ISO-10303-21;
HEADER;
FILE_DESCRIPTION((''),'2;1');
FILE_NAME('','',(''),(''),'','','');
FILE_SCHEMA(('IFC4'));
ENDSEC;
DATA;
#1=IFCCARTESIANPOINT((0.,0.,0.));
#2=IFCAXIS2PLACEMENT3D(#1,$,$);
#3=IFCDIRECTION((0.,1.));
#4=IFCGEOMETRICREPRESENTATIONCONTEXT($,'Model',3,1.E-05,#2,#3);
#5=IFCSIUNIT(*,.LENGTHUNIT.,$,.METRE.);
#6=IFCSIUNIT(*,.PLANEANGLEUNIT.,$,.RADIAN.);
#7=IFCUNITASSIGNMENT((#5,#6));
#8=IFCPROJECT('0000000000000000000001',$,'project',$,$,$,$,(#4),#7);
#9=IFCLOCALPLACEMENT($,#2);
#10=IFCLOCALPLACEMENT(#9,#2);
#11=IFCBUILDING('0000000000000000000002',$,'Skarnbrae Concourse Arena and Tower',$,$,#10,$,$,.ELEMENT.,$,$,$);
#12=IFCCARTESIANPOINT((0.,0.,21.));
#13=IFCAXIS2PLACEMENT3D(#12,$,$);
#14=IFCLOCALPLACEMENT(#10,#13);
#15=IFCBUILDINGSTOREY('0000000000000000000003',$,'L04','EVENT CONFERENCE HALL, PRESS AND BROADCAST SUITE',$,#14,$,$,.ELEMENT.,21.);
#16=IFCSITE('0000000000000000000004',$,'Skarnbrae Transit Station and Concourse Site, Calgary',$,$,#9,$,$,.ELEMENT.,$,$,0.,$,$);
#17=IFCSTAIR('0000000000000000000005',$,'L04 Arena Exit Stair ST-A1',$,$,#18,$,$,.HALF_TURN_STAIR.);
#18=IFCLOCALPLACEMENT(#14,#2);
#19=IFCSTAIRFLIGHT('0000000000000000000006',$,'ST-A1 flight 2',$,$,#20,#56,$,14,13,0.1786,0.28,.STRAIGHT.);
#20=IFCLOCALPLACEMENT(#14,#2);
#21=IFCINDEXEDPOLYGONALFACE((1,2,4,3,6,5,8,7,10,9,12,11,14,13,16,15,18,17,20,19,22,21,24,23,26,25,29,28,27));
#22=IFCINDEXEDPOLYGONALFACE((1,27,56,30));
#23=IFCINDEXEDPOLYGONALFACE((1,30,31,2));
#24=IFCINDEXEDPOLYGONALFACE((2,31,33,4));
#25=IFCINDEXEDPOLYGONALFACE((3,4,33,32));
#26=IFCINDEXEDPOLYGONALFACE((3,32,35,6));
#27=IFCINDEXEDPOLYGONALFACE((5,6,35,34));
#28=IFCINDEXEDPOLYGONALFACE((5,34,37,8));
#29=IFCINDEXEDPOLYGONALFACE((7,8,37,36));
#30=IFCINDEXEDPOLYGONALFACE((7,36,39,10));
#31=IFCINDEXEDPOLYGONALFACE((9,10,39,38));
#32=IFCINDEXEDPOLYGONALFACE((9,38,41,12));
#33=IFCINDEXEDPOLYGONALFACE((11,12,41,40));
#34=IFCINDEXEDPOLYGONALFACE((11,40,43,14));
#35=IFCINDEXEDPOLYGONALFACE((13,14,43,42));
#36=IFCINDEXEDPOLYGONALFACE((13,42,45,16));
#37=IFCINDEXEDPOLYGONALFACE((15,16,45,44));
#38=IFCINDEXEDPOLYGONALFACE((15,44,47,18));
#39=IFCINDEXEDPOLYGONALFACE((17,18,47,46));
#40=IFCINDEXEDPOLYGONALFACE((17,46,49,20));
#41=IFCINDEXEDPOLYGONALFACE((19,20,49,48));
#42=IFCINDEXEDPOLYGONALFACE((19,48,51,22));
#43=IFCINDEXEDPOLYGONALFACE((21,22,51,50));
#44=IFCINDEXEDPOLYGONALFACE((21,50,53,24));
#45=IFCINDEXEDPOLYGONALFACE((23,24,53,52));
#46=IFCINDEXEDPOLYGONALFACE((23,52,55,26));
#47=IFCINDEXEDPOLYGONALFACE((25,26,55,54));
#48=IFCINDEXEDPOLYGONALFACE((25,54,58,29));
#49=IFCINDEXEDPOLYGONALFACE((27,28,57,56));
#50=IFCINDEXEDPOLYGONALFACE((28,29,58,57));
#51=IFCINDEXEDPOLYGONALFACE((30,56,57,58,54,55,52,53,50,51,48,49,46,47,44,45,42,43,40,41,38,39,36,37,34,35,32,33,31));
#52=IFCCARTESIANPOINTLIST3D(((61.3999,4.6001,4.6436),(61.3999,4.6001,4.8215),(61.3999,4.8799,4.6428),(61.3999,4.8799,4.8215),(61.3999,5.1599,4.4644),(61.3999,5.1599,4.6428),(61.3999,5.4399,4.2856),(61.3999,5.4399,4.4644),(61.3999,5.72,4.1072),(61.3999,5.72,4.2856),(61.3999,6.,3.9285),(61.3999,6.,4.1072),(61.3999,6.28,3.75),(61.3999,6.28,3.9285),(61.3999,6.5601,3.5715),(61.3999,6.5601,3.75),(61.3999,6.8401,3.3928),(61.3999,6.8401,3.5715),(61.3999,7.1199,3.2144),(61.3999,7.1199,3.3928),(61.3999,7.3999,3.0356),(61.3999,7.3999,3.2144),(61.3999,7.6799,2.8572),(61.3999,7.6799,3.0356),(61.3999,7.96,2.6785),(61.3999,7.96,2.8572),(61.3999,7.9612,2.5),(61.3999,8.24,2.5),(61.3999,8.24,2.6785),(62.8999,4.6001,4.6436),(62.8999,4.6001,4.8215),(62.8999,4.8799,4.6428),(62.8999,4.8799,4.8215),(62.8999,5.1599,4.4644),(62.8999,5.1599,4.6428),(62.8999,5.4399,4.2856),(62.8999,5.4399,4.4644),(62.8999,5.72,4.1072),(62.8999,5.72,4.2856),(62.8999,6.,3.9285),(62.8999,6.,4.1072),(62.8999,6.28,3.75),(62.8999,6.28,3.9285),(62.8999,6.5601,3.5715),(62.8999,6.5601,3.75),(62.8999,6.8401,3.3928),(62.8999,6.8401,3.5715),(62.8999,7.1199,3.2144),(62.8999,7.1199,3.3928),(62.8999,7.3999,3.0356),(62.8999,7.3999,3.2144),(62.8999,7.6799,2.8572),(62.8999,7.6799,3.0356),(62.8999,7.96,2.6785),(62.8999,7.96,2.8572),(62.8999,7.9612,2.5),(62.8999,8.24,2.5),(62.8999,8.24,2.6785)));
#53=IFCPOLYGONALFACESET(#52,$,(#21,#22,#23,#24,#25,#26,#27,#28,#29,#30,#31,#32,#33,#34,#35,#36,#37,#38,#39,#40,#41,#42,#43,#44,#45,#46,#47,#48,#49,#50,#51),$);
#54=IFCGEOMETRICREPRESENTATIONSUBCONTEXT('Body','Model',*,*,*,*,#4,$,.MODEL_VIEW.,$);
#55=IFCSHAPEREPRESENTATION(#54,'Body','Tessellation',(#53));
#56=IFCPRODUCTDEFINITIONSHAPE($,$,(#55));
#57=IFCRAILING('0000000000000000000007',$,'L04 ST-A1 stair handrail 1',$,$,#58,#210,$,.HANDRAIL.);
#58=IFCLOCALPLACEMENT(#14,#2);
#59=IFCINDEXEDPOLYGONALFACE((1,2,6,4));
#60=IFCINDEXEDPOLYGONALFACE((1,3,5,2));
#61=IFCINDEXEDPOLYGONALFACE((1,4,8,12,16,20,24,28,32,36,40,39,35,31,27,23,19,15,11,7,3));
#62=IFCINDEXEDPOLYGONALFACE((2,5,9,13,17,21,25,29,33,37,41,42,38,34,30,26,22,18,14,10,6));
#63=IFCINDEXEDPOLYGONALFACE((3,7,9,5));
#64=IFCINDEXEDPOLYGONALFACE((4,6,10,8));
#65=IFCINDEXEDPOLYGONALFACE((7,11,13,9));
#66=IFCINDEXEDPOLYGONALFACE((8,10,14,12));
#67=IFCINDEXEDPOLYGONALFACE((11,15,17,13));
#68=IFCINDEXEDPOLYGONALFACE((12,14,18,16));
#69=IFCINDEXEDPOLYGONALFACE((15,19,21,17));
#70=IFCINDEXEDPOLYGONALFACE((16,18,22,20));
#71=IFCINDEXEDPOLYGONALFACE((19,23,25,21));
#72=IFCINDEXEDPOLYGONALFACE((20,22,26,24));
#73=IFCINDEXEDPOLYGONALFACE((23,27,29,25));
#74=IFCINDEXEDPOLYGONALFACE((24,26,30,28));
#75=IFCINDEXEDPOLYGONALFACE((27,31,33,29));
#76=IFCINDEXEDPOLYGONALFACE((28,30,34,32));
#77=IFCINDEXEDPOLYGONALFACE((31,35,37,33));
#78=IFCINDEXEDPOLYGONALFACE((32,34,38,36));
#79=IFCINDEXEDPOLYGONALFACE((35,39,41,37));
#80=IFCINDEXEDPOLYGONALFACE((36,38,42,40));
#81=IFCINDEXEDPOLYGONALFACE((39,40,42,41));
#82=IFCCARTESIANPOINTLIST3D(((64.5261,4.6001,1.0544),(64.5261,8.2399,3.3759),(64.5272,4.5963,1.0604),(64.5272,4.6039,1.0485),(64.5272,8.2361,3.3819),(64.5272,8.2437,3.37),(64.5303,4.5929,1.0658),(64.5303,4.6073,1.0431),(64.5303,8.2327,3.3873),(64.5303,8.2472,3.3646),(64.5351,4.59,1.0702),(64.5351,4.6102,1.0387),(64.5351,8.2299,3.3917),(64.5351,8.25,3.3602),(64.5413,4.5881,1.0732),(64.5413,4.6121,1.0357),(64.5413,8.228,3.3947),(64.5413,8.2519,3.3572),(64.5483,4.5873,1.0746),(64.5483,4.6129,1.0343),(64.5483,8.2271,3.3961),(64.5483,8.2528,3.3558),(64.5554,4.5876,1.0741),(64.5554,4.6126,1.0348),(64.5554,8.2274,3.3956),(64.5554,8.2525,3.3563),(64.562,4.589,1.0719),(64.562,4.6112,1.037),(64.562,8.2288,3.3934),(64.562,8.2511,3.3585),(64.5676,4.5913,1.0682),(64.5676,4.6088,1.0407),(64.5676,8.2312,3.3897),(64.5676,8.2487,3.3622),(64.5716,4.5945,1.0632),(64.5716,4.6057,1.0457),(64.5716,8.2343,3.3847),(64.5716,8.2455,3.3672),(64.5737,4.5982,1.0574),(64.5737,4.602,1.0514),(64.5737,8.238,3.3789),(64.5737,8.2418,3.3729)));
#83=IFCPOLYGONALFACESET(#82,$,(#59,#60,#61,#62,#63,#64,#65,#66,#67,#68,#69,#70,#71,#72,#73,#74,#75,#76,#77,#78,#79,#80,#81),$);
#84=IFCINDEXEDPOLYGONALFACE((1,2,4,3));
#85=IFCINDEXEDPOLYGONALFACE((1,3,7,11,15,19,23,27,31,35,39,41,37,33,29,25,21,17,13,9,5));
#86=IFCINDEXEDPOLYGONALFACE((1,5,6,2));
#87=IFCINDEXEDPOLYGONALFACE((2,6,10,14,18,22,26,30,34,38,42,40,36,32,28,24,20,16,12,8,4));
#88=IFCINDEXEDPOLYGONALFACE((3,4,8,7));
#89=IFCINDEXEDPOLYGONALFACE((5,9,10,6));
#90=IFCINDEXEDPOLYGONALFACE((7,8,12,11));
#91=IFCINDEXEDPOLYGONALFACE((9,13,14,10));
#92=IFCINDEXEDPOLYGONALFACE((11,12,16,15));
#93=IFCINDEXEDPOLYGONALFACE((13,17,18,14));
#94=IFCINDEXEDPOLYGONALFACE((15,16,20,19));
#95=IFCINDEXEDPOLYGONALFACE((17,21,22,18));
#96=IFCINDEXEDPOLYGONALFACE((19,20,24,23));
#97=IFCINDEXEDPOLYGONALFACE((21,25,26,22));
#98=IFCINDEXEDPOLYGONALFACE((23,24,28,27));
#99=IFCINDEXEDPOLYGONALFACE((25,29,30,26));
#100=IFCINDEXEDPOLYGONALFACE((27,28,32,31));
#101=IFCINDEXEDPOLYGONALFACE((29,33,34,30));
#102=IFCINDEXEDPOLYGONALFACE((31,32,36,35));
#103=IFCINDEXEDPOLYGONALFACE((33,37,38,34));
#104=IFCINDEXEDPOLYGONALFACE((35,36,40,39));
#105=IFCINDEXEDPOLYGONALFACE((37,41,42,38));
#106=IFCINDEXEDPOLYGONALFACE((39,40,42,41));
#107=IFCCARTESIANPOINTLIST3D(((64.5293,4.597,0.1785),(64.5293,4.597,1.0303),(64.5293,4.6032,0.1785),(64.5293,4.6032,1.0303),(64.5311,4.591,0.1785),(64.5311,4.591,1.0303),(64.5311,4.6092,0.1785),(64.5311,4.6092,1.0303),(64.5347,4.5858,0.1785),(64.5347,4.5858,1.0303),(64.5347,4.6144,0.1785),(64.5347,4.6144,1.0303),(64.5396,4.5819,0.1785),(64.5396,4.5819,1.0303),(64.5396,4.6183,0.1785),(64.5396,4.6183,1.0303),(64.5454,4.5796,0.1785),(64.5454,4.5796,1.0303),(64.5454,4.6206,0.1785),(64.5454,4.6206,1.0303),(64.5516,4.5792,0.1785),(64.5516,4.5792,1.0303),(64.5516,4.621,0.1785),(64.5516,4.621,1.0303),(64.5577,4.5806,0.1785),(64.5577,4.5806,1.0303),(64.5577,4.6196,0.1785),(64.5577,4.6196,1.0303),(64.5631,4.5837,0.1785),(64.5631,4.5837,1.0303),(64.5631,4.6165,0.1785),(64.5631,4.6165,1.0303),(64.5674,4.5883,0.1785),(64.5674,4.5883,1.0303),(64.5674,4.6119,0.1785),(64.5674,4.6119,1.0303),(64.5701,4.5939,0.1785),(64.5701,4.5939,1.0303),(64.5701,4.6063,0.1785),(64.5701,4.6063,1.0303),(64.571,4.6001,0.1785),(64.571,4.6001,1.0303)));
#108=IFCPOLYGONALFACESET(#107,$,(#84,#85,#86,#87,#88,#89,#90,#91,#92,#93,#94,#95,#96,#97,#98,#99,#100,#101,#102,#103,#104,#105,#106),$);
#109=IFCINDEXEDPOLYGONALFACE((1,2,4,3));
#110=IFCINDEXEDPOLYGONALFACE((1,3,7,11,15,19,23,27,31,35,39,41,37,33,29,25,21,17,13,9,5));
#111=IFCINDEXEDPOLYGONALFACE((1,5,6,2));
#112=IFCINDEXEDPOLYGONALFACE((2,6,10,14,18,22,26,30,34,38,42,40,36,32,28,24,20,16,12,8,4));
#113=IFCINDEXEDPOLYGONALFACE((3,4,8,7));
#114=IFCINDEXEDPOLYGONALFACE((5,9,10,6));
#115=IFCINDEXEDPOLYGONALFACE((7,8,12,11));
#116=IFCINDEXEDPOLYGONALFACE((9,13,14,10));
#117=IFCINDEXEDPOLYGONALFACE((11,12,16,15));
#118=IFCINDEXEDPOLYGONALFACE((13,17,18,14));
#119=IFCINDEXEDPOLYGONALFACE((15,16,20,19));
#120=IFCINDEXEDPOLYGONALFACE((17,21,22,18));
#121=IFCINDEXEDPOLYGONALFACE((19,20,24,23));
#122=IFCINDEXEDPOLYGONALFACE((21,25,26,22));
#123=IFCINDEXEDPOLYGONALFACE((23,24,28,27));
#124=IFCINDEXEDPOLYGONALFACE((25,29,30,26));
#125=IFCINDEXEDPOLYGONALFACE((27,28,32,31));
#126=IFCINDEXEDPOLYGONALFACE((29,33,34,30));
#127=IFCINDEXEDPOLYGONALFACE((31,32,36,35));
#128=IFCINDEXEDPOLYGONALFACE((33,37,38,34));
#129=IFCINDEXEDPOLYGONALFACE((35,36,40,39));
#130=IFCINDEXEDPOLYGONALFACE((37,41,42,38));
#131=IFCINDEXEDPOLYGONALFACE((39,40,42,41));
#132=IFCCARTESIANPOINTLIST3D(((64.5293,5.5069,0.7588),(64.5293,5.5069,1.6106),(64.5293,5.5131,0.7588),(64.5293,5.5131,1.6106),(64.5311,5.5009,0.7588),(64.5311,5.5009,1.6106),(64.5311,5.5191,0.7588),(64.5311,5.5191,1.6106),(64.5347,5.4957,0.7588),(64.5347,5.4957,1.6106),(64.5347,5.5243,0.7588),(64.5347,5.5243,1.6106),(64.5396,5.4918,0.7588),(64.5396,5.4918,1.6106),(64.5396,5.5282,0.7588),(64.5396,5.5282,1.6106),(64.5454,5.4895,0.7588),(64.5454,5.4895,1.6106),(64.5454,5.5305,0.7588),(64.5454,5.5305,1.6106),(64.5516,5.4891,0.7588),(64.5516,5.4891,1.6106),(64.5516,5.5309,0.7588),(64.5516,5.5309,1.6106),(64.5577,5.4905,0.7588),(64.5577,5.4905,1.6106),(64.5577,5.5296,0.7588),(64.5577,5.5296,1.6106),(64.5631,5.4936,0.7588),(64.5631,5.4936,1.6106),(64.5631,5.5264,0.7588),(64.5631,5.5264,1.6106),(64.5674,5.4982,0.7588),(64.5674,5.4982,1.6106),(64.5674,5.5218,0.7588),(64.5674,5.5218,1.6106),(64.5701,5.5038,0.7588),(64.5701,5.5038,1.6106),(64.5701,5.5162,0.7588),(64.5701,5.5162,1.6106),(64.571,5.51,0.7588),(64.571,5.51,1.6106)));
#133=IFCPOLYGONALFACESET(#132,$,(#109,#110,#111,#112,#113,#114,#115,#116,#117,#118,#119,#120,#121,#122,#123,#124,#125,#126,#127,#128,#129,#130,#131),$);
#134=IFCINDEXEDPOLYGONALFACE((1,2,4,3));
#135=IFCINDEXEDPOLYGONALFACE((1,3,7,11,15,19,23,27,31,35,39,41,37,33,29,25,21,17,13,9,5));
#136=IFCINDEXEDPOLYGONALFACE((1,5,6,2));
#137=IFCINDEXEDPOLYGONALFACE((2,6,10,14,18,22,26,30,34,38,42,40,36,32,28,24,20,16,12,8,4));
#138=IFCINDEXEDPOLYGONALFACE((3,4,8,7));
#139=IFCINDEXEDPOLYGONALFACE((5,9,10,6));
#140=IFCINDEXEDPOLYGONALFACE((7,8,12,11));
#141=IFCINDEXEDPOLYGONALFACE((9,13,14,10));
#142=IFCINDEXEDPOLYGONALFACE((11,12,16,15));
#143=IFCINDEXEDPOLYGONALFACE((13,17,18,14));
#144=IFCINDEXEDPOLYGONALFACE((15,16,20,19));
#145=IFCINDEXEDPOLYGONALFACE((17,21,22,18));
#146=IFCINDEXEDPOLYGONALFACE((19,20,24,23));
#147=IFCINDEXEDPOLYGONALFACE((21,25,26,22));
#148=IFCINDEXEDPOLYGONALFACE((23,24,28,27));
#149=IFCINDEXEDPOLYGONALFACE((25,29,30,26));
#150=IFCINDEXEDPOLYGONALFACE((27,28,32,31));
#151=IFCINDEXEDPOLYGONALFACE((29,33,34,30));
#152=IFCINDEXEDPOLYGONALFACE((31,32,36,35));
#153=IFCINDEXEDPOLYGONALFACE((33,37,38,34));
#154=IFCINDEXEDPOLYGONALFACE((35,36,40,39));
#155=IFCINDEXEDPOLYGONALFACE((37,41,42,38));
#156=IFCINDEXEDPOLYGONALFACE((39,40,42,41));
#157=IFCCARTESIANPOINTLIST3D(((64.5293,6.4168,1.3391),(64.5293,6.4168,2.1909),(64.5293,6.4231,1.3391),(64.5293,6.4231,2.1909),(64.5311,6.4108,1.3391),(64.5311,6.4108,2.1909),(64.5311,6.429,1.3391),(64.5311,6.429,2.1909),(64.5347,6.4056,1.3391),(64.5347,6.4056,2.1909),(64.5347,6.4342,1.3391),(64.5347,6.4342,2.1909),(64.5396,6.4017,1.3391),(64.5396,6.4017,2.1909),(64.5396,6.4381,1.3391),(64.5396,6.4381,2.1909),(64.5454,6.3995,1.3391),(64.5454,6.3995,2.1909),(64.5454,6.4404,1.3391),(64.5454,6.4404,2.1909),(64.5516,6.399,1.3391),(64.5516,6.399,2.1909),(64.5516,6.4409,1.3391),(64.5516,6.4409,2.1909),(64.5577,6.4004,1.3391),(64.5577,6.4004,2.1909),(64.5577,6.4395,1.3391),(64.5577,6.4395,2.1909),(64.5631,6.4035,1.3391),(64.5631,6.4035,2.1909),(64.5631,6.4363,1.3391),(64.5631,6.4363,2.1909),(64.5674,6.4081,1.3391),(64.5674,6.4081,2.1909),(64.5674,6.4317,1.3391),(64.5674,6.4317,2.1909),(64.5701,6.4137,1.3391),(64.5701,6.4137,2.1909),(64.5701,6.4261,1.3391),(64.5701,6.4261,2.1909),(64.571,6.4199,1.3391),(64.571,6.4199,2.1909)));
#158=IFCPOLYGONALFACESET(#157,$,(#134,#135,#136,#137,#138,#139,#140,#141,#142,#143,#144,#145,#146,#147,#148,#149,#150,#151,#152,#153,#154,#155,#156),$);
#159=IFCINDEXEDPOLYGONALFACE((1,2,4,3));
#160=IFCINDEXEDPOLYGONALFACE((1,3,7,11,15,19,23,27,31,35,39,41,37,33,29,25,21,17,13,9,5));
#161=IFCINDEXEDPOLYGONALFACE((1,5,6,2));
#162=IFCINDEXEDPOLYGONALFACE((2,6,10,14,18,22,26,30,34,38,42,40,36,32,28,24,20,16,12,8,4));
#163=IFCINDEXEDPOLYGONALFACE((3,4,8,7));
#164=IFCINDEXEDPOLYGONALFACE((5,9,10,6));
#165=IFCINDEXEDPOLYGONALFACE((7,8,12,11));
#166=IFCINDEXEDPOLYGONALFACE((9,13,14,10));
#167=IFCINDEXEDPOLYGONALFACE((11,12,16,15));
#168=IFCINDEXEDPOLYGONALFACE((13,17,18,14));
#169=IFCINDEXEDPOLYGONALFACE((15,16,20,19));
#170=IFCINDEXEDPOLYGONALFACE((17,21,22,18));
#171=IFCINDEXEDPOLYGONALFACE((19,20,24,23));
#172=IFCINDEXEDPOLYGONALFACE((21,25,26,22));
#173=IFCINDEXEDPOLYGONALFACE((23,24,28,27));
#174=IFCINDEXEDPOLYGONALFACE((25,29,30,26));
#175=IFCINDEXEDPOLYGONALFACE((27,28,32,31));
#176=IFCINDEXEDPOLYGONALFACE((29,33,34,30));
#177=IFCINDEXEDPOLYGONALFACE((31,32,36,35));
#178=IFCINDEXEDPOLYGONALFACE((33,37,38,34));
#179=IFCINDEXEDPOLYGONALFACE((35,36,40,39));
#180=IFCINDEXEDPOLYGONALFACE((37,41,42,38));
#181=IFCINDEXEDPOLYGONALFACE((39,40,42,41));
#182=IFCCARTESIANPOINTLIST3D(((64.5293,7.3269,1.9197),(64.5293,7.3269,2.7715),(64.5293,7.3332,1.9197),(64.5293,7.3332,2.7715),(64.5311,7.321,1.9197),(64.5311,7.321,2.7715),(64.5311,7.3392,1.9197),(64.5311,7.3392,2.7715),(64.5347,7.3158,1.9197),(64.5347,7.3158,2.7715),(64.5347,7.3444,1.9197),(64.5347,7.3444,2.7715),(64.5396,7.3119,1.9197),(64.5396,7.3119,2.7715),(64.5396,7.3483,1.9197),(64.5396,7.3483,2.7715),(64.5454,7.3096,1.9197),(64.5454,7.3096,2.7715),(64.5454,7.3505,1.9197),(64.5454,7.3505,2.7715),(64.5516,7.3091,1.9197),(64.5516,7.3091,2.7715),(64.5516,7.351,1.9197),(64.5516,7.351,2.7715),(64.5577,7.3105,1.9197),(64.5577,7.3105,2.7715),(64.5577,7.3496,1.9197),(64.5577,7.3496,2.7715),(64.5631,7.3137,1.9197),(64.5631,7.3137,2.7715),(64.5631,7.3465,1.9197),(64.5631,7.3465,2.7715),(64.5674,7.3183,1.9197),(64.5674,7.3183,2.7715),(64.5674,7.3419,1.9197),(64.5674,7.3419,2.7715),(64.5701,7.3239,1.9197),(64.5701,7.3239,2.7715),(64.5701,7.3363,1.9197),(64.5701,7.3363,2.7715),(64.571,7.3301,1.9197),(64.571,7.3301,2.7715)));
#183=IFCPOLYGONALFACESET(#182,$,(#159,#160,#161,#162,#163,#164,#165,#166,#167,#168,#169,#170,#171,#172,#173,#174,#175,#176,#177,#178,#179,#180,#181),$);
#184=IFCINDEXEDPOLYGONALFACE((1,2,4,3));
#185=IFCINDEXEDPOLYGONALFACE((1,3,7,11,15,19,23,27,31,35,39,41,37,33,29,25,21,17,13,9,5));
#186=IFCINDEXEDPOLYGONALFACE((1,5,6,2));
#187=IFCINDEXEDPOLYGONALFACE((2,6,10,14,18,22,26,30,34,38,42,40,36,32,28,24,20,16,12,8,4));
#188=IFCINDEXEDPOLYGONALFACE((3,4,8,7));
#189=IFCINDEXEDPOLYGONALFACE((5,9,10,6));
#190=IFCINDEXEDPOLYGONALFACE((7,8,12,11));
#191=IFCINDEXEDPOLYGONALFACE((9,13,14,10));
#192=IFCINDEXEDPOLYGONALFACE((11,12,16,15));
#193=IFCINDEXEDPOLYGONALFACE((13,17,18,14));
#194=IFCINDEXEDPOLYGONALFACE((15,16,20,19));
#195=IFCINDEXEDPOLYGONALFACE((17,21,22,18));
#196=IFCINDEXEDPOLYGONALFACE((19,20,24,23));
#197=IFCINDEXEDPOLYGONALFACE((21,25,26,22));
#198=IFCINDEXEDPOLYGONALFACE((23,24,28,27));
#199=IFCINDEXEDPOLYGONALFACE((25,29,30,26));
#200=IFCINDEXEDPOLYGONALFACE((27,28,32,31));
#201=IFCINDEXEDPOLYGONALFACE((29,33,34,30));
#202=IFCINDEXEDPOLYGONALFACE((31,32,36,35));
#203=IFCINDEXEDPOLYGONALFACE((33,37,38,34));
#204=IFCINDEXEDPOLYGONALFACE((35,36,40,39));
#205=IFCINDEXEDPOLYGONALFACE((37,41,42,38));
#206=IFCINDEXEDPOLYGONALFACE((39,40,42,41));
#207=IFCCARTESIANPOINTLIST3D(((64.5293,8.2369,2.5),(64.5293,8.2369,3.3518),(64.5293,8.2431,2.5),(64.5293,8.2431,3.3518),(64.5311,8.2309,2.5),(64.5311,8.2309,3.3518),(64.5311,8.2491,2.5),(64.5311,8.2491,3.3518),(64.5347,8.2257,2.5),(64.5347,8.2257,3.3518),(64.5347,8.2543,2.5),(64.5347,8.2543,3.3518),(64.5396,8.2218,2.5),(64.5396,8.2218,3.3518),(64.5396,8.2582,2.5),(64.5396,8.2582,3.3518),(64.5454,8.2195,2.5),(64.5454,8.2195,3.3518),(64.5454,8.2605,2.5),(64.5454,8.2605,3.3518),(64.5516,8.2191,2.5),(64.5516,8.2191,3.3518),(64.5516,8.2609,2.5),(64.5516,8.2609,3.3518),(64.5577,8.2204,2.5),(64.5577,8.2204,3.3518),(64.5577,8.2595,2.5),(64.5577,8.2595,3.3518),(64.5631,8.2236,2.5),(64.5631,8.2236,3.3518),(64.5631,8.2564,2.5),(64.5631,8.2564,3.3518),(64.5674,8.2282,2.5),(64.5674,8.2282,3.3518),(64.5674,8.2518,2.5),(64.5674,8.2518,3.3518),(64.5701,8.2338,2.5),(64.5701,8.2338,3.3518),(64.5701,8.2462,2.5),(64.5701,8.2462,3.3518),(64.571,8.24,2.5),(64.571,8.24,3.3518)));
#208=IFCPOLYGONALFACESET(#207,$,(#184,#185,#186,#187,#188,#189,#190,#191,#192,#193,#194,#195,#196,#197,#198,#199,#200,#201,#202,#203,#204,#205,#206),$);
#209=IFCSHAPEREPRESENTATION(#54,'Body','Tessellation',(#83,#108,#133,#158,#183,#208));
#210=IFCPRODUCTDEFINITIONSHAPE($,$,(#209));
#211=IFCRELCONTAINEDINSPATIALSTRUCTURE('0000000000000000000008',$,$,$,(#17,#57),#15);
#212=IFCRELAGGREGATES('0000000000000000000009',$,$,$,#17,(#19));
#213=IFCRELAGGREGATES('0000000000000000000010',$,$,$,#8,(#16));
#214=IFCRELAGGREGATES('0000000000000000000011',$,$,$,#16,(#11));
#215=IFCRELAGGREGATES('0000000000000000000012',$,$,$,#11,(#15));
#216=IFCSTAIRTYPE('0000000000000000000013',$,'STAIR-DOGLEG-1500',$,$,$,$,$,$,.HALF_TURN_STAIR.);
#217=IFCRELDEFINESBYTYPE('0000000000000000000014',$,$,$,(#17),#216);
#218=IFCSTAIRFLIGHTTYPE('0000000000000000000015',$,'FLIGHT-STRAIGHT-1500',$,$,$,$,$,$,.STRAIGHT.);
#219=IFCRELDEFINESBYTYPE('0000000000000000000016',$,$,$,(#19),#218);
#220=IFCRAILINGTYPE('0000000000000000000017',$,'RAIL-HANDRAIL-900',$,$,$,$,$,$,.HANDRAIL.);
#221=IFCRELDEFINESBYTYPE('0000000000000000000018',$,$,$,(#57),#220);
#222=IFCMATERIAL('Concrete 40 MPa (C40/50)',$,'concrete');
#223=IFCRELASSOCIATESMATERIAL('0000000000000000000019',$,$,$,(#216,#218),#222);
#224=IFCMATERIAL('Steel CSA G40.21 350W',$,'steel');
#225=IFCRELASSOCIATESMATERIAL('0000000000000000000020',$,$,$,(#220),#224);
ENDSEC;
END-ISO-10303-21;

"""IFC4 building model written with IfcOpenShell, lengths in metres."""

from ifc_helpers import new_model, si_unit, direction, frame, origin, origin_2d, place, context, subcontext, project, spatial, polyline, circle, outline, extrude, source, transform, mapped, material, type_object, element, aggregate, save


model = new_model("IFC4")

# Units and contexts
model_context = context("Model", 3, precision=1e-05, world=origin(), true_north=direction((0.0, 1.0)))
body_context = subcontext(model_context, "Body", "Model", "MODEL_VIEW")
ifc_project = project(units=[si_unit("LENGTHUNIT", "METRE"), si_unit("PLANEANGLEUNIT", "RADIAN")], contexts=[model_context])

# Site, building, storey
site_placement = place(None, origin())
site = spatial("IfcSite", under=ifc_project, at=site_placement, Name="Skarnbrae Transit Station and Concourse Site, Calgary", CompositionType="ELEMENT", RefElevation=0.0)
building_placement = place(site_placement, origin())
building = spatial("IfcBuilding", under=site, at=building_placement, Name="Skarnbrae Concourse Arena and Tower", CompositionType="ELEMENT")
storey_placement = place(building_placement, frame((0.0, 0.0, 21.0)))
storey = spatial("IfcBuildingStorey", under=building, at=storey_placement, Name="L04", Description="EVENT CONFERENCE HALL, PRESS AND BROADCAST SUITE", CompositionType="ELEMENT", Elevation=21.0)

# Shared definitions
ifc_material_1 = material(Name="Steel CSA G40.21 350W", Category="steel")

# Stair, stair flight
ifc_material_2 = material(Name="Concrete 40 MPa (C40/50)", Category="concrete")
stair_type = type_object("IfcStairType", Name="STAIR-DOGLEG-1500", PredefinedType="HALF_TURN_STAIR", material=ifc_material_2)
stair_placement = place(storey_placement, origin())
stair = element("IfcStair", 1, at=stair_placement, inside=storey, type_object=stair_type, Name="L04 Arena Exit Stair ST-A1", PredefinedType="HALF_TURN_STAIR")
stair_flight_type = type_object("IfcStairFlightType", Name="FLIGHT-STRAIGHT-1500", PredefinedType="STRAIGHT", material=ifc_material_2)
shared_shape_1 = source(origin(), body_context, "Body", "SweptSolid", [
    extrude(outline(polyline([(0.0, 0.0), (0.0, 0.1785), (0.28, 0.1785), (0.28, 0.3572), (0.5601, 0.3572), (0.5601, 0.5356), (0.8401, 0.5356), (0.8401, 0.7144), (1.1201, 0.7144), (1.1201, 0.8928), (1.3999, 0.8928), (1.3999, 1.0715), (1.6799, 1.0715), (1.6799, 1.25), (1.96, 1.25), (1.96, 1.4285), (2.24, 1.4285), (2.24, 1.6072), (2.52, 1.6072), (2.52, 1.7856), (2.8, 1.7856), (2.8, 1.9644), (3.0801, 1.9644), (3.0801, 2.1428), (3.3601, 2.1428), (3.3601, 2.3215), (3.6399, 2.3215), (3.6399, 2.5), (3.6399, 2.1436), (0.2788, 0.0), (0.0, 0.0)])), frame((0.0, 0.75, 0.0), z_axis=(0.0, -1.0, 0.0), x_axis=(1.0, 0.0, 0.0)), (0.0, 0.0, 1.0), 1.5),
])
stair_flight_1_placement = place(storey_placement, frame((62.1499, 8.24, 2.5), z_axis=(0.0, 0.0, 1.0), x_axis=(0.0, -1.0, 0.0)))
stair_flight_1 = element("IfcStairFlight", 2, at=stair_flight_1_placement, type_object=stair_flight_type, Name="ST-A1 flight 2", NumberOfRisers=14, NumberOfTreads=13, PredefinedType="STRAIGHT", RiserHeight=0.1786, TreadLength=0.28, context=body_context, shape_type="MappedRepresentation", body=[
    mapped(shared_shape_1, transform((0.0, 0.0, 0.0))),
])
aggregate(stair, [stair_flight_1])

# Railing
railing_type_1 = type_object("IfcRailingType", Name="RAIL-HANDRAIL-900", PredefinedType="HANDRAIL", material=ifc_material_1)
railing_1_placement = place(storey_placement, frame((64.55, 4.6001, 0.1785)))
element("IfcRailing", 3, at=railing_1_placement, inside=storey, type_object=railing_type_1, Name="L04 ST-A1 stair handrail 1", PredefinedType="HANDRAIL", context=body_context, shape_type="SweptSolid", body=[
    extrude(circle(Radius=0.0239, at=origin_2d()), frame((0.0, 0.0, 0.876), z_axis=(0.0, 0.843112, 0.537739), x_axis=(-1.0, 0.0, 0.0)), (0.0, 0.0, 1.0), 4.3171),
    extrude(circle(Radius=0.021, at=origin_2d()), origin(), (0.0, 0.0, 1.0), 0.8518),
    extrude(circle(Radius=0.021, at=origin_2d()), frame((0.0, 0.9099, 0.5803)), (0.0, 0.0, 1.0), 0.8518),
    extrude(circle(Radius=0.021, at=origin_2d()), frame((0.0, 1.8198, 1.1606)), (0.0, 0.0, 1.0), 0.8518),
    extrude(circle(Radius=0.021, at=origin_2d()), frame((0.0, 2.73, 1.7412)), (0.0, 0.0, 1.0), 0.8518),
    extrude(circle(Radius=0.021, at=origin_2d()), frame((0.0, 3.6399, 2.3215)), (0.0, 0.0, 1.0), 0.8518),
])

save(model, "model.ifc")
